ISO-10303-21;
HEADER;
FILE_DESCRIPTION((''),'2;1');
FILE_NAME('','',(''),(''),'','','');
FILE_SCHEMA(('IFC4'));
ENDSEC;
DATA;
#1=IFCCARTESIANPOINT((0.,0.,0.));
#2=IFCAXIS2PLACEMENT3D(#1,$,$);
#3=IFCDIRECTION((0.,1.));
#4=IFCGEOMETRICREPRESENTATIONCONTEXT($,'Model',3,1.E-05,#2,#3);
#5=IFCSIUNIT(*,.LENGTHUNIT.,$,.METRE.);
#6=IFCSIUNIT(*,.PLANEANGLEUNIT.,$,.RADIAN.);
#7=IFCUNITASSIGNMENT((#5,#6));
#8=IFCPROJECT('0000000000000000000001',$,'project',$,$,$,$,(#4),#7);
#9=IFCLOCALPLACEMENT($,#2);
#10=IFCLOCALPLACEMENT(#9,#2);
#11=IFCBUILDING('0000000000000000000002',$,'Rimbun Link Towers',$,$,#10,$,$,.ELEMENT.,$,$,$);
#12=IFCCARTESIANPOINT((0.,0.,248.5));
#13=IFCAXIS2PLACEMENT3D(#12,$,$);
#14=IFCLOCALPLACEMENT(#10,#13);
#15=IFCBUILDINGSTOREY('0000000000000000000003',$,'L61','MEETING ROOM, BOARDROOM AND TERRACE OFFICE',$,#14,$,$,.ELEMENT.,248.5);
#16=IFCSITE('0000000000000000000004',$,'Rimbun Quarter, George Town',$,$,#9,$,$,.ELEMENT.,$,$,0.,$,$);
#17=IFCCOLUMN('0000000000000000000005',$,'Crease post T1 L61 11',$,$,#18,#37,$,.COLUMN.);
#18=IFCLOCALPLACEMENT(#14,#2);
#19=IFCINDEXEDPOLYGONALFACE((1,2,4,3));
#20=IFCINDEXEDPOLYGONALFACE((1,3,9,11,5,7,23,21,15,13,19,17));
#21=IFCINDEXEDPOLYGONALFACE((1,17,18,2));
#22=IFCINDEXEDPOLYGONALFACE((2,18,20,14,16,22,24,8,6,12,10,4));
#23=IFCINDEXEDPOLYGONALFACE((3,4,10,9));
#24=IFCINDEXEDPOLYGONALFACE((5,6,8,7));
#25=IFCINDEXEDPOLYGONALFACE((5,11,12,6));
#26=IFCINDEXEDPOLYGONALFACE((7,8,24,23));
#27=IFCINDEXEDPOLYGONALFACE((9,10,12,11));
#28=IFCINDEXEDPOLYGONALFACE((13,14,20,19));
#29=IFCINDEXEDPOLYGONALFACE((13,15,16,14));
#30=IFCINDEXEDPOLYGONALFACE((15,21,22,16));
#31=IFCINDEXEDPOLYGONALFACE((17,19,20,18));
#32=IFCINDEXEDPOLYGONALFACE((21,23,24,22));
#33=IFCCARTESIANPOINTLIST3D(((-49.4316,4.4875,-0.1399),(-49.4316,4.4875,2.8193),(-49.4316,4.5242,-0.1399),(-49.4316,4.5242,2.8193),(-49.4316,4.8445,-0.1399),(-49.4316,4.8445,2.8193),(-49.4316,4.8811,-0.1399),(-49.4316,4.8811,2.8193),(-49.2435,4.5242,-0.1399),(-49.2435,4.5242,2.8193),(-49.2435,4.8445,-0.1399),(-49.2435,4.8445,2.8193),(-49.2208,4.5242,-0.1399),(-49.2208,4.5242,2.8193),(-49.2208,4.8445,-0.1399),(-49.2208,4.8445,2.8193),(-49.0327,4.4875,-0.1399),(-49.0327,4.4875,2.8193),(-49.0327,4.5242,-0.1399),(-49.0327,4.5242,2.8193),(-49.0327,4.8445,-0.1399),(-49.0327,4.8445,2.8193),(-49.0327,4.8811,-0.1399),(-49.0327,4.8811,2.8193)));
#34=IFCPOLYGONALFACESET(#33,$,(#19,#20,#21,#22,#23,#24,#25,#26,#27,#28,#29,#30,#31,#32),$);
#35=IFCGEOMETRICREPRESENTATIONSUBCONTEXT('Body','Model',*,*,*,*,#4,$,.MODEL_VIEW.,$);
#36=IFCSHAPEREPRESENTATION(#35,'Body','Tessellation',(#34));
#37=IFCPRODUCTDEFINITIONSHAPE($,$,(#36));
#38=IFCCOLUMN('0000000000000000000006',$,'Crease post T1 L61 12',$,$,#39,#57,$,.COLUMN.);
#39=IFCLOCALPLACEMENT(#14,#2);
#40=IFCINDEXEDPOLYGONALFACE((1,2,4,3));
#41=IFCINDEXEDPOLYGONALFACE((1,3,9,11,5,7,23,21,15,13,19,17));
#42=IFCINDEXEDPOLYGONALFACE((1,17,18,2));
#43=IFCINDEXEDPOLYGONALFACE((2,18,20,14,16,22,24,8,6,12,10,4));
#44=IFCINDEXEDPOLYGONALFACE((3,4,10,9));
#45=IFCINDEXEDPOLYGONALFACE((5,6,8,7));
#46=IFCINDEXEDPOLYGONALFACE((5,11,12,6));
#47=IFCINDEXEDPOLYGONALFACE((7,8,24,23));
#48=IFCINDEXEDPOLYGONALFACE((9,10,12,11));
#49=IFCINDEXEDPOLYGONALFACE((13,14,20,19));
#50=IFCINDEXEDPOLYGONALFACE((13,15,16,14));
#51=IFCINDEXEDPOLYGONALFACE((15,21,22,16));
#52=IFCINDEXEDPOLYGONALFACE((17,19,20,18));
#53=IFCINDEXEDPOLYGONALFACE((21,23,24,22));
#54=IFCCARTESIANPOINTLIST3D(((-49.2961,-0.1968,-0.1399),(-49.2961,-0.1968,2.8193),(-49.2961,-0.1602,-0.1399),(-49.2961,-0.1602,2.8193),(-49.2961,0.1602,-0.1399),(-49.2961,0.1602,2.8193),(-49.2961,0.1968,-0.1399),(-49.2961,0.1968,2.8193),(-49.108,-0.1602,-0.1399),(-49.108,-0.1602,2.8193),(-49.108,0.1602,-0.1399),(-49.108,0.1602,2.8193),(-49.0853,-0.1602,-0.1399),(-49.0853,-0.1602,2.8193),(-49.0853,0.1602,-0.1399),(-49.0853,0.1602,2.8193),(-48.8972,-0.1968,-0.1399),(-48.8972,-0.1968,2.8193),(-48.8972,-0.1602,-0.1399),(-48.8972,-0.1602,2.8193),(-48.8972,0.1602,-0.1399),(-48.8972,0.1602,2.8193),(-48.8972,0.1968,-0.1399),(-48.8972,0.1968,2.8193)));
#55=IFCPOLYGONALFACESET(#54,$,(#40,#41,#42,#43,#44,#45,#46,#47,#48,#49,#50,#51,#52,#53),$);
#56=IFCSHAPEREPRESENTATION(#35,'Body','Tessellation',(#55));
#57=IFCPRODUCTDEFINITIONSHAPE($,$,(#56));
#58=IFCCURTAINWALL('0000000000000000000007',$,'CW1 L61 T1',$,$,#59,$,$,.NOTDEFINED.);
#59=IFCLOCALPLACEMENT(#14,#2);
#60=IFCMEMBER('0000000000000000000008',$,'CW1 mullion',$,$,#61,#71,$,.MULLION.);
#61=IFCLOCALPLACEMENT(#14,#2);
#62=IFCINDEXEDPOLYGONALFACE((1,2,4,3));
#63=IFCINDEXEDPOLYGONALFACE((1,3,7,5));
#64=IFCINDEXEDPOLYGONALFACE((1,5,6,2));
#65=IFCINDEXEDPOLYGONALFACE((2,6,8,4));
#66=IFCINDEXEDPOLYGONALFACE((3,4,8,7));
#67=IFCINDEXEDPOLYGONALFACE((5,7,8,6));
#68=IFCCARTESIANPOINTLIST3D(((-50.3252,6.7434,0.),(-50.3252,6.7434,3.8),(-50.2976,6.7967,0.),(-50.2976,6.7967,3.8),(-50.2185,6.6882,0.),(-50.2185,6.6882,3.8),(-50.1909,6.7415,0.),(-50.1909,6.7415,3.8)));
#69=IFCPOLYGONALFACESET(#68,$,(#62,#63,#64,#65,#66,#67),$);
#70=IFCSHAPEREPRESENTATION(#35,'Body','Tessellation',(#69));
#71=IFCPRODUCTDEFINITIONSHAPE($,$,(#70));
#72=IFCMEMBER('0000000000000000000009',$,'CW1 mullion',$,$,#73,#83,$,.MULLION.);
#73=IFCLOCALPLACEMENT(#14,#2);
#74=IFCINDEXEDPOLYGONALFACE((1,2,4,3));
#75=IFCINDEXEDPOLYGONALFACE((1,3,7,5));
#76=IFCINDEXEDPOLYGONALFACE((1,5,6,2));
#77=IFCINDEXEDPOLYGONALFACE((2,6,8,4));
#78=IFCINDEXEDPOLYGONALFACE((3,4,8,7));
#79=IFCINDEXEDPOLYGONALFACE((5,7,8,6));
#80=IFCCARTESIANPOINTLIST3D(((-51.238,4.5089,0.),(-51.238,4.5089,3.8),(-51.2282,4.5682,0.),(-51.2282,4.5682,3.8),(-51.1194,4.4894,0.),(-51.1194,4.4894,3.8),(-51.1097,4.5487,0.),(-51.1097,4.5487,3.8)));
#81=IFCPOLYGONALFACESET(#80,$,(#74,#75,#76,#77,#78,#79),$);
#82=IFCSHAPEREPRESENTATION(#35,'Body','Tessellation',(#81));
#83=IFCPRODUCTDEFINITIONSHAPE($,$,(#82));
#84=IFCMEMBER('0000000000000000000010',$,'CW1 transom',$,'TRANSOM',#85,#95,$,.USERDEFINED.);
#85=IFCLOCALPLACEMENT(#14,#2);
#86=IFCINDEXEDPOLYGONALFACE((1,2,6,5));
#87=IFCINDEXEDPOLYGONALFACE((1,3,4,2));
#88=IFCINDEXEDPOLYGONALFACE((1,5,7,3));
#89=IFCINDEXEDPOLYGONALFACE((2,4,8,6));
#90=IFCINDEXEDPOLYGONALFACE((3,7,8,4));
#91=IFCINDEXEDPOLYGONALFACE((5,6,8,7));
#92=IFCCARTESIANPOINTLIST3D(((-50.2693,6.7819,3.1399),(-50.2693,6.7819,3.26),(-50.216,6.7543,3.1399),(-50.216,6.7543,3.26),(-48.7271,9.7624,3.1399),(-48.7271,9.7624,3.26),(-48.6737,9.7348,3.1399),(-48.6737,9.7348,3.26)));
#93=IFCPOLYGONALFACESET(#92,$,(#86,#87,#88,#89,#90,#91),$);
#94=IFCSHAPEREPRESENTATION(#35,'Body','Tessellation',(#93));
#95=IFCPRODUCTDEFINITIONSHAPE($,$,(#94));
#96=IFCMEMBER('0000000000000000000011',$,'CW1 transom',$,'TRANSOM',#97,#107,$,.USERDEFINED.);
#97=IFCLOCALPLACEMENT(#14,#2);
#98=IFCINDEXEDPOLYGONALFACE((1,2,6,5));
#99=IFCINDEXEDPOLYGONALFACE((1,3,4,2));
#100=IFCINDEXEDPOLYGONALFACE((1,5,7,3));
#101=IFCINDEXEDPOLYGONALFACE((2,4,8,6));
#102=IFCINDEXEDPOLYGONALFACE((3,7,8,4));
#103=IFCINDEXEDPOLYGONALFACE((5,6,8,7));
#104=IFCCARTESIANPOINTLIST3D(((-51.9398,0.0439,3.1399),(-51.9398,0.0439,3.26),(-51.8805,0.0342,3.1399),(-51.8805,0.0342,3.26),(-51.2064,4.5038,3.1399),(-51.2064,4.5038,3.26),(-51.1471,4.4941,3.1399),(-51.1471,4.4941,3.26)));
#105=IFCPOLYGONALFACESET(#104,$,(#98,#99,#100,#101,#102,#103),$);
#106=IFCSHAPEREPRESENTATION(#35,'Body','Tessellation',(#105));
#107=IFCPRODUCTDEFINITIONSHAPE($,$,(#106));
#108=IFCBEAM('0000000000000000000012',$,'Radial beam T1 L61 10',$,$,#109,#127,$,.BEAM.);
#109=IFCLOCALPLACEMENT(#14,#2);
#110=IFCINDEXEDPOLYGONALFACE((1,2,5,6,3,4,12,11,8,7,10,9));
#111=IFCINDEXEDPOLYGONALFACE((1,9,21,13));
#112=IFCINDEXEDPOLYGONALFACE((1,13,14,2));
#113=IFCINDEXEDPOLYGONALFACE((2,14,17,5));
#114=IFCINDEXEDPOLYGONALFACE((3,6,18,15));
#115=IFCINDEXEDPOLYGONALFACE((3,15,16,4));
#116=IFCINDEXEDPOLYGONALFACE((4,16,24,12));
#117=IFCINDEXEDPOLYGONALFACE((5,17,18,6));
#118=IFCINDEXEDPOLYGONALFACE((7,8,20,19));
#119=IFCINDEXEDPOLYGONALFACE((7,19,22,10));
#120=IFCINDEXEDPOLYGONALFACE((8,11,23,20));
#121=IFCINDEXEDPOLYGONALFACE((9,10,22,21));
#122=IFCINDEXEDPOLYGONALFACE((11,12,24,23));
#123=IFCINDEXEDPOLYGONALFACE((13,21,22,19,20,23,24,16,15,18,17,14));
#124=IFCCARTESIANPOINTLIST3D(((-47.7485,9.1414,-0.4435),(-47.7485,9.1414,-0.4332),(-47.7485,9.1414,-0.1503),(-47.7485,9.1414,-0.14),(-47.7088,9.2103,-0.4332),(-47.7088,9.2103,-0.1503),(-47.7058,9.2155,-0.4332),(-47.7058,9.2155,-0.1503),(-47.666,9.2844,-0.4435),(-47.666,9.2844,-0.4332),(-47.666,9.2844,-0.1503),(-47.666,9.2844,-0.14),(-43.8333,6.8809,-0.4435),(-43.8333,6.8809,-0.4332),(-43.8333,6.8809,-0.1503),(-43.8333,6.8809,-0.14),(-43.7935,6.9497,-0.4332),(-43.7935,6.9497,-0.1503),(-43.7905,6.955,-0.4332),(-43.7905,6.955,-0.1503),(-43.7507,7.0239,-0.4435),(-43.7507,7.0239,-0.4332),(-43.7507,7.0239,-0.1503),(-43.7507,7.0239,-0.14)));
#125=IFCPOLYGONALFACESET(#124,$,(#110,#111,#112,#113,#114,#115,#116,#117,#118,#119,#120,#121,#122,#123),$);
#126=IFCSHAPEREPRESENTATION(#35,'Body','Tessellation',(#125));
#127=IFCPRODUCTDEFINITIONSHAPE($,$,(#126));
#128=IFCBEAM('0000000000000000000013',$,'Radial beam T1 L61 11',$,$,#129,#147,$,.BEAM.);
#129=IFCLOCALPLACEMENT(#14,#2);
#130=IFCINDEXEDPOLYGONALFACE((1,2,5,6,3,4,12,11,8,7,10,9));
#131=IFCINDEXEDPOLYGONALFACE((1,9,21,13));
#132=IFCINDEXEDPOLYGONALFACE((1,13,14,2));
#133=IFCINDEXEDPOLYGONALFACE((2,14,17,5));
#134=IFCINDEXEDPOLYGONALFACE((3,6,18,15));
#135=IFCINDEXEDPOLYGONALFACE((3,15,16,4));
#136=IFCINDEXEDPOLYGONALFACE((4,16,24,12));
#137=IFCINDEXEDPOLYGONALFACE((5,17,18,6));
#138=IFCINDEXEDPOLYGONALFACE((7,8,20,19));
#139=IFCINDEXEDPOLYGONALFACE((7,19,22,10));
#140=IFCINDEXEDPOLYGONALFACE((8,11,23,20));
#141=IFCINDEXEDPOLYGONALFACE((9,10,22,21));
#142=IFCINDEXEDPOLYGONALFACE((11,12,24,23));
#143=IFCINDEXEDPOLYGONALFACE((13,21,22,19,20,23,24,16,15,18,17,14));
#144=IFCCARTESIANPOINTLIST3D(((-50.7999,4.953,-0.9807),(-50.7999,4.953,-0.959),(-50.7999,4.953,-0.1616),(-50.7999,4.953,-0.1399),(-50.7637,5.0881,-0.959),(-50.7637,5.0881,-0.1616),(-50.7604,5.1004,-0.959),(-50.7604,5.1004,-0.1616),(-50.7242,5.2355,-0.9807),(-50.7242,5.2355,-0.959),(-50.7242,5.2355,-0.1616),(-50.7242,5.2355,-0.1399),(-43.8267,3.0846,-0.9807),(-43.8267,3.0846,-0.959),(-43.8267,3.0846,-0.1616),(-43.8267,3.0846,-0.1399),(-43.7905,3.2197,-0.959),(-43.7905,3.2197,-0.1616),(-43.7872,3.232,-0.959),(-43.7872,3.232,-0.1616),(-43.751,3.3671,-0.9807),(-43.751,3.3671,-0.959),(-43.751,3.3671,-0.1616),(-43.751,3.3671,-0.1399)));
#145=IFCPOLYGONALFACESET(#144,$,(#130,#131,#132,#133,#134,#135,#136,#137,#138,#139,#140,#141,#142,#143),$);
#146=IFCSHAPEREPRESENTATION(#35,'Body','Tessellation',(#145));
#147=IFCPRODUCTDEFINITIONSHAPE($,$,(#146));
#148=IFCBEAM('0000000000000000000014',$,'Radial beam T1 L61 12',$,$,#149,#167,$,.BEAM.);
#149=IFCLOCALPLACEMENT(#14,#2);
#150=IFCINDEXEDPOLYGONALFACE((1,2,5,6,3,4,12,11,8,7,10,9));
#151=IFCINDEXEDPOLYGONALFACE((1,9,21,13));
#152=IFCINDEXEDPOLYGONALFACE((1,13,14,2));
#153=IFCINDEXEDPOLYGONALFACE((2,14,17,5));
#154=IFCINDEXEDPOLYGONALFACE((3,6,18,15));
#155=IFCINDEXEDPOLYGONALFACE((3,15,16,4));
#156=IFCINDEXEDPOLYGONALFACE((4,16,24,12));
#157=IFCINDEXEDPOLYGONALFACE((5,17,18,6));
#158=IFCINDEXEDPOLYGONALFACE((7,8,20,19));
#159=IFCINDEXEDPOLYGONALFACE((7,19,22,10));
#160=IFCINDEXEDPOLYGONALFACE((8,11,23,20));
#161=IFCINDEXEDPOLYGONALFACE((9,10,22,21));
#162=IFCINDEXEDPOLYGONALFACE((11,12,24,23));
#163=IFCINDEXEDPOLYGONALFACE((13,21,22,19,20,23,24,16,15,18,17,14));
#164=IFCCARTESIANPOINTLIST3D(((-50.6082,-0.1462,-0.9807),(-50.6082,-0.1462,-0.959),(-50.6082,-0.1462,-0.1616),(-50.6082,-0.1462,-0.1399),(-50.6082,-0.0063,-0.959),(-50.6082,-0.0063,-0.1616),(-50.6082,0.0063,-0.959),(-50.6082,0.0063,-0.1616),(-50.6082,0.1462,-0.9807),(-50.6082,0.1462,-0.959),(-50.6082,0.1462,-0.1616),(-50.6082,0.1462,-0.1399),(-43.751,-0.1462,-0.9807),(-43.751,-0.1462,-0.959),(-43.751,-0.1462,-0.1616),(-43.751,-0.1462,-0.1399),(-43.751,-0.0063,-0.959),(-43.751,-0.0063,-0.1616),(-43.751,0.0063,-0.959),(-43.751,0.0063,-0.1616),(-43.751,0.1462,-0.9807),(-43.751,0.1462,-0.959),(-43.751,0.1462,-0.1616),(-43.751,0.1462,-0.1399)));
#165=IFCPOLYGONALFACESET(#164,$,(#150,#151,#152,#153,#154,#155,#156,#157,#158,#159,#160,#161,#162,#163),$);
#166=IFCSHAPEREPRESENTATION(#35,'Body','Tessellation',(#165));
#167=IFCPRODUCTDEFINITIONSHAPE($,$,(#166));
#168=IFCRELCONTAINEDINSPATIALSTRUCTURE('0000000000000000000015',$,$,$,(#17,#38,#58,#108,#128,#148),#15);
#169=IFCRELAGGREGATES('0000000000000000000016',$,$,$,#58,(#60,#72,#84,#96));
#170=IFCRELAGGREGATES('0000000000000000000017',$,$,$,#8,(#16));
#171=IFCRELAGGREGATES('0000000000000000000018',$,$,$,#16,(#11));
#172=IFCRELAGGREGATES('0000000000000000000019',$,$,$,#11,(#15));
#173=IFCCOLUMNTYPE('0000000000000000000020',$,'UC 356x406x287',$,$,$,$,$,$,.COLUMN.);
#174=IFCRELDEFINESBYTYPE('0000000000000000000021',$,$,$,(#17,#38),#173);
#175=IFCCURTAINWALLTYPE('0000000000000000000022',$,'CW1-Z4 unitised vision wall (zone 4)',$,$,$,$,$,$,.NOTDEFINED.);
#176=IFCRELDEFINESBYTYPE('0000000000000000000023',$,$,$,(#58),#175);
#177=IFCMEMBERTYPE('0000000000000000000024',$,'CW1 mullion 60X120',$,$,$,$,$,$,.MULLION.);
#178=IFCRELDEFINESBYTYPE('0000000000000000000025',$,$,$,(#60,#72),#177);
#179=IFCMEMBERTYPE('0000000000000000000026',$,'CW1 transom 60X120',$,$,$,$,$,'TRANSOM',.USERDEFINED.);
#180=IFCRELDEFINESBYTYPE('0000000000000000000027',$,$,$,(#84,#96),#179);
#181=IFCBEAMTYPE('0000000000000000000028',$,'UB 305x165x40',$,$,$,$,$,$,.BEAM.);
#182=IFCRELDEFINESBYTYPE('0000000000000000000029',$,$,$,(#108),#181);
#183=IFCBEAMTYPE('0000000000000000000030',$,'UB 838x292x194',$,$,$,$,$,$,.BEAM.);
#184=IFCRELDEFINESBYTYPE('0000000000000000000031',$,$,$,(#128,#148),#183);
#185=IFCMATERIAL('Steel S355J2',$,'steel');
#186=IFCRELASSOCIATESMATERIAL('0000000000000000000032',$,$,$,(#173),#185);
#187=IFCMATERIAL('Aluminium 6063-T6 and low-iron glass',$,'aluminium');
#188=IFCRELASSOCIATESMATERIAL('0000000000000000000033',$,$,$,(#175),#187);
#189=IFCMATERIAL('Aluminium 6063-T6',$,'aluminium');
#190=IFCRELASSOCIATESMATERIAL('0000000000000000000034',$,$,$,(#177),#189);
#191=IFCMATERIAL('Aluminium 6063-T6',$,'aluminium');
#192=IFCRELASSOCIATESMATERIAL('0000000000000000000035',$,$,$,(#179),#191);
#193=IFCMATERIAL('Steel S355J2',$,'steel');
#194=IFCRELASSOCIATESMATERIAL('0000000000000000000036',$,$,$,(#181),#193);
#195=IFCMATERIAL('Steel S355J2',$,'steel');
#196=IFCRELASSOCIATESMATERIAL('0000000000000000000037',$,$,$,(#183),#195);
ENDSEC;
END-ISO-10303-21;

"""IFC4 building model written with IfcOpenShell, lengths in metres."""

from ifc_helpers import new_model, si_unit, direction, frame, origin, origin_2d, place, context, subcontext, project, spatial, rectangle, i_section, extrude, material, material_profile, profile_set, type_object, element, aggregate, save


model = new_model("IFC4")

# Units and contexts
model_context = context("Model", 3, precision=1e-05, world=origin(), true_north=direction((0.0, 1.0)))
body_context = subcontext(model_context, "Body", "Model", "MODEL_VIEW")
ifc_project = project(units=[si_unit("LENGTHUNIT", "METRE"), si_unit("PLANEANGLEUNIT", "RADIAN")], contexts=[model_context])

# Site, building, storey
site_placement = place(None, origin())
site = spatial("IfcSite", under=ifc_project, at=site_placement, Name="Rimbun Quarter, George Town", CompositionType="ELEMENT", RefElevation=0.0)
building_placement = place(site_placement, origin())
building = spatial("IfcBuilding", under=site, at=building_placement, Name="Rimbun Link Towers", CompositionType="ELEMENT")
storey_placement = place(building_placement, frame((0.0, 0.0, 248.5)))
storey = spatial("IfcBuildingStorey", under=building, at=storey_placement, Name="L61", Description="MEETING ROOM, BOARDROOM AND TERRACE OFFICE", CompositionType="ELEMENT", Elevation=248.5)

# Columns
ifc_material_1 = material(Name="Steel S355J2", Category="steel")
ifc_material_profile_1 = material_profile(ifc_material_1, i_section(OverallWidth=0.3989, OverallDepth=0.3936, WebThickness=0.0227, FlangeThickness=0.0366, at=origin_2d()), Name="UC 356x406x287")
ifc_profile_set_1 = profile_set([ifc_material_profile_1], Name="Steel S355J2")
column_type = type_object("IfcColumnType", Name="UC 356x406x287", PredefinedType="COLUMN", material=ifc_profile_set_1)
for number, where, z_axis, x_axis, name in (
    (1, (-49.2322, 4.6843, -0.1399), (0.0, 0.0, 1.0), (1.0, 0.0, 0.0), "Crease post T1 L61 11"),
    (2, (-49.0967, 0.0, -0.1399), (0.0, 0.0, 1.0), (1.0, 0.0, 0.0), "Crease post T1 L61 12"),
):
    element("IfcColumn", number, at=place(storey_placement, frame(where, z_axis=z_axis, x_axis=x_axis)), inside=storey, type_object=column_type, Name=name, PredefinedType="COLUMN", context=body_context, shape_type="SweptSolid", body=[
        extrude(i_section(OverallWidth=0.3989, OverallDepth=0.3936, WebThickness=0.0227, FlangeThickness=0.0366, at=origin_2d()), origin(), (0.0, 0.0, 1.0), 2.9592),
    ])

# Curtain wall, members
ifc_material_2 = material(Name="Aluminium 6063-T6 and low-iron glass", Category="aluminium")
curtain_wall_type = type_object("IfcCurtainWallType", Name="CW1-Z4 unitised vision wall (zone 4)", PredefinedType="NOTDEFINED", material=ifc_material_2)
curtain_wall_placement = place(storey_placement, origin())
curtain_wall = element("IfcCurtainWall", 3, at=curtain_wall_placement, inside=storey, type_object=curtain_wall_type, Name="CW1 L61 T1", PredefinedType="NOTDEFINED")
ifc_material_3 = material(Name="Aluminium 6063-T6", Category="aluminium")
ifc_material_profile_2 = material_profile(ifc_material_3, rectangle(XDim=0.1201, YDim=0.0601, at=origin_2d()), Name="MULLION 60X120")
ifc_profile_set_2 = profile_set([ifc_material_profile_2], Name="Aluminium 6063-T6")
member_type_1 = type_object("IfcMemberType", Name="CW1 mullion 60X120", PredefinedType="MULLION", material=ifc_profile_set_2)
member_1_placement = place(storey_placement, frame((-50.2581, 6.7424, 0.0), z_axis=(0.0, 0.0, 1.0), x_axis=(-0.888151, 0.459552, 0.0)))
member_1 = element("IfcMember", 4, at=member_1_placement, type_object=member_type_1, Name="CW1 mullion", PredefinedType="MULLION", context=body_context, shape_type="SweptSolid", body=[
    extrude(rectangle(XDim=0.1201, YDim=0.0601, at=origin_2d()), origin(), (0.0, 0.0, 1.0), 3.8),
])
member_2_placement = place(storey_placement, frame((-51.1738, 4.5288, 0.0), z_axis=(0.0, 0.0, 1.0), x_axis=(-0.986748, 0.162262, 0.0)))
member_2 = element("IfcMember", 5, at=member_2_placement, type_object=member_type_1, Name="CW1 mullion", PredefinedType="MULLION", context=body_context, shape_type="SweptSolid", body=[
    extrude(rectangle(XDim=0.1201, YDim=0.0601, at=origin_2d()), origin(), (0.0, 0.0, 1.0), 3.8),
])
ifc_material_4 = material(Name="Aluminium 6063-T6", Category="aluminium")
ifc_material_profile_3 = material_profile(ifc_material_4, rectangle(XDim=0.0601, YDim=0.1201, at=origin_2d()), Name="TRANSOM 60X120")
ifc_profile_set_3 = profile_set([ifc_material_profile_3], Name="Aluminium 6063-T6")
member_type_2 = type_object("IfcMemberType", Name="CW1 transom 60X120", ElementType="TRANSOM", PredefinedType="USERDEFINED", material=ifc_profile_set_3)
member_3_placement = place(storey_placement, frame((-50.2427, 6.7681, 3.2), z_axis=(0.459567, 0.888143, 0.0), x_axis=(-0.888143, 0.459567, 0.0)))
member_3 = element("IfcMember", 6, at=member_3_placement, type_object=member_type_2, Name="CW1 transom", ObjectType="TRANSOM", PredefinedType="USERDEFINED", context=body_context, shape_type="SweptSolid", body=[
    extrude(rectangle(XDim=0.0601, YDim=0.1201, at=origin_2d()), origin(), (0.0, 0.0, 1.0), 3.356),
])
member_4_placement = place(storey_placement, frame((-51.9102, 0.0391, 3.2), z_axis=(0.162261, 0.986748, 0.0), x_axis=(-0.986748, 0.162261, 0.0)))
member_4 = element("IfcMember", 7, at=member_4_placement, type_object=member_type_2, Name="CW1 transom", ObjectType="TRANSOM", PredefinedType="USERDEFINED", context=body_context, shape_type="SweptSolid", body=[
    extrude(rectangle(XDim=0.0601, YDim=0.1201, at=origin_2d()), origin(), (0.0, 0.0, 1.0), 4.5198),
])

# Beams
ifc_material_5 = material(Name="Steel S355J2", Category="steel")
ifc_material_profile_4 = material_profile(ifc_material_5, i_section(OverallWidth=0.165, OverallDepth=0.3035, WebThickness=0.0061, FlangeThickness=0.0103, at=origin_2d()), Name="UB 305x165x40")
ifc_profile_set_4 = profile_set([ifc_material_profile_4], Name="Steel S355J2")
beam_type_1 = type_object("IfcBeamType", Name="UB 305x165x40", PredefinedType="BEAM", material=ifc_profile_set_4)
beam_1_placement = place(storey_placement, frame((-43.792, 6.9524, -0.2917), z_axis=(-0.866025, 0.500001, 0.0), x_axis=(-0.500001, -0.866025, 0.0)))
element("IfcBeam", 8, at=beam_1_placement, inside=storey, type_object=beam_type_1, Name="Radial beam T1 L61 10", PredefinedType="BEAM", context=body_context, shape_type="SweptSolid", body=[
    extrude(i_section(OverallWidth=0.165, OverallDepth=0.3035, WebThickness=0.0061, FlangeThickness=0.0103, at=origin_2d()), origin(), (0.0, 0.0, 1.0), 4.521),
])
ifc_material_6 = material(Name="Steel S355J2", Category="steel")
ifc_material_profile_5 = material_profile(ifc_material_6, i_section(OverallWidth=0.2925, OverallDepth=0.8408, WebThickness=0.0127, FlangeThickness=0.0217, at=origin_2d()), Name="UB 838x292x194")
ifc_profile_set_5 = profile_set([ifc_material_profile_5], Name="Steel S355J2")
beam_type_2 = type_object("IfcBeamType", Name="UB 838x292x194", PredefinedType="BEAM", material=ifc_profile_set_5)
beam_2_placement = place(storey_placement, frame((-43.7888, 3.2258, -0.5603), z_axis=(-0.965927, 0.258814, 0.0), x_axis=(-0.258814, -0.965927, 0.0)))
element("IfcBeam", 9, at=beam_2_placement, inside=storey, type_object=beam_type_2, Name="Radial beam T1 L61 11", PredefinedType="BEAM", context=body_context, shape_type="SweptSolid", body=[
    extrude(i_section(OverallWidth=0.2925, OverallDepth=0.8408, WebThickness=0.0127, FlangeThickness=0.0217, at=origin_2d()), origin(), (0.0, 0.0, 1.0), 7.2192),
])
beam_3_placement = place(storey_placement, frame((-43.751, 0.0, -0.5603), z_axis=(-1.0, 0.0, 0.0), x_axis=(0.0, -1.0, 0.0)))
element("IfcBeam", 10, at=beam_3_placement, inside=storey, type_object=beam_type_2, Name="Radial beam T1 L61 12", PredefinedType="BEAM", context=body_context, shape_type="SweptSolid", body=[
    extrude(i_section(OverallWidth=0.2925, OverallDepth=0.8408, WebThickness=0.0127, FlangeThickness=0.0217, at=origin_2d()), origin(), (0.0, 0.0, 1.0), 6.8572),
])

aggregate(curtain_wall, [member_1, member_2, member_3, member_4])

save(model, "model.ifc")
